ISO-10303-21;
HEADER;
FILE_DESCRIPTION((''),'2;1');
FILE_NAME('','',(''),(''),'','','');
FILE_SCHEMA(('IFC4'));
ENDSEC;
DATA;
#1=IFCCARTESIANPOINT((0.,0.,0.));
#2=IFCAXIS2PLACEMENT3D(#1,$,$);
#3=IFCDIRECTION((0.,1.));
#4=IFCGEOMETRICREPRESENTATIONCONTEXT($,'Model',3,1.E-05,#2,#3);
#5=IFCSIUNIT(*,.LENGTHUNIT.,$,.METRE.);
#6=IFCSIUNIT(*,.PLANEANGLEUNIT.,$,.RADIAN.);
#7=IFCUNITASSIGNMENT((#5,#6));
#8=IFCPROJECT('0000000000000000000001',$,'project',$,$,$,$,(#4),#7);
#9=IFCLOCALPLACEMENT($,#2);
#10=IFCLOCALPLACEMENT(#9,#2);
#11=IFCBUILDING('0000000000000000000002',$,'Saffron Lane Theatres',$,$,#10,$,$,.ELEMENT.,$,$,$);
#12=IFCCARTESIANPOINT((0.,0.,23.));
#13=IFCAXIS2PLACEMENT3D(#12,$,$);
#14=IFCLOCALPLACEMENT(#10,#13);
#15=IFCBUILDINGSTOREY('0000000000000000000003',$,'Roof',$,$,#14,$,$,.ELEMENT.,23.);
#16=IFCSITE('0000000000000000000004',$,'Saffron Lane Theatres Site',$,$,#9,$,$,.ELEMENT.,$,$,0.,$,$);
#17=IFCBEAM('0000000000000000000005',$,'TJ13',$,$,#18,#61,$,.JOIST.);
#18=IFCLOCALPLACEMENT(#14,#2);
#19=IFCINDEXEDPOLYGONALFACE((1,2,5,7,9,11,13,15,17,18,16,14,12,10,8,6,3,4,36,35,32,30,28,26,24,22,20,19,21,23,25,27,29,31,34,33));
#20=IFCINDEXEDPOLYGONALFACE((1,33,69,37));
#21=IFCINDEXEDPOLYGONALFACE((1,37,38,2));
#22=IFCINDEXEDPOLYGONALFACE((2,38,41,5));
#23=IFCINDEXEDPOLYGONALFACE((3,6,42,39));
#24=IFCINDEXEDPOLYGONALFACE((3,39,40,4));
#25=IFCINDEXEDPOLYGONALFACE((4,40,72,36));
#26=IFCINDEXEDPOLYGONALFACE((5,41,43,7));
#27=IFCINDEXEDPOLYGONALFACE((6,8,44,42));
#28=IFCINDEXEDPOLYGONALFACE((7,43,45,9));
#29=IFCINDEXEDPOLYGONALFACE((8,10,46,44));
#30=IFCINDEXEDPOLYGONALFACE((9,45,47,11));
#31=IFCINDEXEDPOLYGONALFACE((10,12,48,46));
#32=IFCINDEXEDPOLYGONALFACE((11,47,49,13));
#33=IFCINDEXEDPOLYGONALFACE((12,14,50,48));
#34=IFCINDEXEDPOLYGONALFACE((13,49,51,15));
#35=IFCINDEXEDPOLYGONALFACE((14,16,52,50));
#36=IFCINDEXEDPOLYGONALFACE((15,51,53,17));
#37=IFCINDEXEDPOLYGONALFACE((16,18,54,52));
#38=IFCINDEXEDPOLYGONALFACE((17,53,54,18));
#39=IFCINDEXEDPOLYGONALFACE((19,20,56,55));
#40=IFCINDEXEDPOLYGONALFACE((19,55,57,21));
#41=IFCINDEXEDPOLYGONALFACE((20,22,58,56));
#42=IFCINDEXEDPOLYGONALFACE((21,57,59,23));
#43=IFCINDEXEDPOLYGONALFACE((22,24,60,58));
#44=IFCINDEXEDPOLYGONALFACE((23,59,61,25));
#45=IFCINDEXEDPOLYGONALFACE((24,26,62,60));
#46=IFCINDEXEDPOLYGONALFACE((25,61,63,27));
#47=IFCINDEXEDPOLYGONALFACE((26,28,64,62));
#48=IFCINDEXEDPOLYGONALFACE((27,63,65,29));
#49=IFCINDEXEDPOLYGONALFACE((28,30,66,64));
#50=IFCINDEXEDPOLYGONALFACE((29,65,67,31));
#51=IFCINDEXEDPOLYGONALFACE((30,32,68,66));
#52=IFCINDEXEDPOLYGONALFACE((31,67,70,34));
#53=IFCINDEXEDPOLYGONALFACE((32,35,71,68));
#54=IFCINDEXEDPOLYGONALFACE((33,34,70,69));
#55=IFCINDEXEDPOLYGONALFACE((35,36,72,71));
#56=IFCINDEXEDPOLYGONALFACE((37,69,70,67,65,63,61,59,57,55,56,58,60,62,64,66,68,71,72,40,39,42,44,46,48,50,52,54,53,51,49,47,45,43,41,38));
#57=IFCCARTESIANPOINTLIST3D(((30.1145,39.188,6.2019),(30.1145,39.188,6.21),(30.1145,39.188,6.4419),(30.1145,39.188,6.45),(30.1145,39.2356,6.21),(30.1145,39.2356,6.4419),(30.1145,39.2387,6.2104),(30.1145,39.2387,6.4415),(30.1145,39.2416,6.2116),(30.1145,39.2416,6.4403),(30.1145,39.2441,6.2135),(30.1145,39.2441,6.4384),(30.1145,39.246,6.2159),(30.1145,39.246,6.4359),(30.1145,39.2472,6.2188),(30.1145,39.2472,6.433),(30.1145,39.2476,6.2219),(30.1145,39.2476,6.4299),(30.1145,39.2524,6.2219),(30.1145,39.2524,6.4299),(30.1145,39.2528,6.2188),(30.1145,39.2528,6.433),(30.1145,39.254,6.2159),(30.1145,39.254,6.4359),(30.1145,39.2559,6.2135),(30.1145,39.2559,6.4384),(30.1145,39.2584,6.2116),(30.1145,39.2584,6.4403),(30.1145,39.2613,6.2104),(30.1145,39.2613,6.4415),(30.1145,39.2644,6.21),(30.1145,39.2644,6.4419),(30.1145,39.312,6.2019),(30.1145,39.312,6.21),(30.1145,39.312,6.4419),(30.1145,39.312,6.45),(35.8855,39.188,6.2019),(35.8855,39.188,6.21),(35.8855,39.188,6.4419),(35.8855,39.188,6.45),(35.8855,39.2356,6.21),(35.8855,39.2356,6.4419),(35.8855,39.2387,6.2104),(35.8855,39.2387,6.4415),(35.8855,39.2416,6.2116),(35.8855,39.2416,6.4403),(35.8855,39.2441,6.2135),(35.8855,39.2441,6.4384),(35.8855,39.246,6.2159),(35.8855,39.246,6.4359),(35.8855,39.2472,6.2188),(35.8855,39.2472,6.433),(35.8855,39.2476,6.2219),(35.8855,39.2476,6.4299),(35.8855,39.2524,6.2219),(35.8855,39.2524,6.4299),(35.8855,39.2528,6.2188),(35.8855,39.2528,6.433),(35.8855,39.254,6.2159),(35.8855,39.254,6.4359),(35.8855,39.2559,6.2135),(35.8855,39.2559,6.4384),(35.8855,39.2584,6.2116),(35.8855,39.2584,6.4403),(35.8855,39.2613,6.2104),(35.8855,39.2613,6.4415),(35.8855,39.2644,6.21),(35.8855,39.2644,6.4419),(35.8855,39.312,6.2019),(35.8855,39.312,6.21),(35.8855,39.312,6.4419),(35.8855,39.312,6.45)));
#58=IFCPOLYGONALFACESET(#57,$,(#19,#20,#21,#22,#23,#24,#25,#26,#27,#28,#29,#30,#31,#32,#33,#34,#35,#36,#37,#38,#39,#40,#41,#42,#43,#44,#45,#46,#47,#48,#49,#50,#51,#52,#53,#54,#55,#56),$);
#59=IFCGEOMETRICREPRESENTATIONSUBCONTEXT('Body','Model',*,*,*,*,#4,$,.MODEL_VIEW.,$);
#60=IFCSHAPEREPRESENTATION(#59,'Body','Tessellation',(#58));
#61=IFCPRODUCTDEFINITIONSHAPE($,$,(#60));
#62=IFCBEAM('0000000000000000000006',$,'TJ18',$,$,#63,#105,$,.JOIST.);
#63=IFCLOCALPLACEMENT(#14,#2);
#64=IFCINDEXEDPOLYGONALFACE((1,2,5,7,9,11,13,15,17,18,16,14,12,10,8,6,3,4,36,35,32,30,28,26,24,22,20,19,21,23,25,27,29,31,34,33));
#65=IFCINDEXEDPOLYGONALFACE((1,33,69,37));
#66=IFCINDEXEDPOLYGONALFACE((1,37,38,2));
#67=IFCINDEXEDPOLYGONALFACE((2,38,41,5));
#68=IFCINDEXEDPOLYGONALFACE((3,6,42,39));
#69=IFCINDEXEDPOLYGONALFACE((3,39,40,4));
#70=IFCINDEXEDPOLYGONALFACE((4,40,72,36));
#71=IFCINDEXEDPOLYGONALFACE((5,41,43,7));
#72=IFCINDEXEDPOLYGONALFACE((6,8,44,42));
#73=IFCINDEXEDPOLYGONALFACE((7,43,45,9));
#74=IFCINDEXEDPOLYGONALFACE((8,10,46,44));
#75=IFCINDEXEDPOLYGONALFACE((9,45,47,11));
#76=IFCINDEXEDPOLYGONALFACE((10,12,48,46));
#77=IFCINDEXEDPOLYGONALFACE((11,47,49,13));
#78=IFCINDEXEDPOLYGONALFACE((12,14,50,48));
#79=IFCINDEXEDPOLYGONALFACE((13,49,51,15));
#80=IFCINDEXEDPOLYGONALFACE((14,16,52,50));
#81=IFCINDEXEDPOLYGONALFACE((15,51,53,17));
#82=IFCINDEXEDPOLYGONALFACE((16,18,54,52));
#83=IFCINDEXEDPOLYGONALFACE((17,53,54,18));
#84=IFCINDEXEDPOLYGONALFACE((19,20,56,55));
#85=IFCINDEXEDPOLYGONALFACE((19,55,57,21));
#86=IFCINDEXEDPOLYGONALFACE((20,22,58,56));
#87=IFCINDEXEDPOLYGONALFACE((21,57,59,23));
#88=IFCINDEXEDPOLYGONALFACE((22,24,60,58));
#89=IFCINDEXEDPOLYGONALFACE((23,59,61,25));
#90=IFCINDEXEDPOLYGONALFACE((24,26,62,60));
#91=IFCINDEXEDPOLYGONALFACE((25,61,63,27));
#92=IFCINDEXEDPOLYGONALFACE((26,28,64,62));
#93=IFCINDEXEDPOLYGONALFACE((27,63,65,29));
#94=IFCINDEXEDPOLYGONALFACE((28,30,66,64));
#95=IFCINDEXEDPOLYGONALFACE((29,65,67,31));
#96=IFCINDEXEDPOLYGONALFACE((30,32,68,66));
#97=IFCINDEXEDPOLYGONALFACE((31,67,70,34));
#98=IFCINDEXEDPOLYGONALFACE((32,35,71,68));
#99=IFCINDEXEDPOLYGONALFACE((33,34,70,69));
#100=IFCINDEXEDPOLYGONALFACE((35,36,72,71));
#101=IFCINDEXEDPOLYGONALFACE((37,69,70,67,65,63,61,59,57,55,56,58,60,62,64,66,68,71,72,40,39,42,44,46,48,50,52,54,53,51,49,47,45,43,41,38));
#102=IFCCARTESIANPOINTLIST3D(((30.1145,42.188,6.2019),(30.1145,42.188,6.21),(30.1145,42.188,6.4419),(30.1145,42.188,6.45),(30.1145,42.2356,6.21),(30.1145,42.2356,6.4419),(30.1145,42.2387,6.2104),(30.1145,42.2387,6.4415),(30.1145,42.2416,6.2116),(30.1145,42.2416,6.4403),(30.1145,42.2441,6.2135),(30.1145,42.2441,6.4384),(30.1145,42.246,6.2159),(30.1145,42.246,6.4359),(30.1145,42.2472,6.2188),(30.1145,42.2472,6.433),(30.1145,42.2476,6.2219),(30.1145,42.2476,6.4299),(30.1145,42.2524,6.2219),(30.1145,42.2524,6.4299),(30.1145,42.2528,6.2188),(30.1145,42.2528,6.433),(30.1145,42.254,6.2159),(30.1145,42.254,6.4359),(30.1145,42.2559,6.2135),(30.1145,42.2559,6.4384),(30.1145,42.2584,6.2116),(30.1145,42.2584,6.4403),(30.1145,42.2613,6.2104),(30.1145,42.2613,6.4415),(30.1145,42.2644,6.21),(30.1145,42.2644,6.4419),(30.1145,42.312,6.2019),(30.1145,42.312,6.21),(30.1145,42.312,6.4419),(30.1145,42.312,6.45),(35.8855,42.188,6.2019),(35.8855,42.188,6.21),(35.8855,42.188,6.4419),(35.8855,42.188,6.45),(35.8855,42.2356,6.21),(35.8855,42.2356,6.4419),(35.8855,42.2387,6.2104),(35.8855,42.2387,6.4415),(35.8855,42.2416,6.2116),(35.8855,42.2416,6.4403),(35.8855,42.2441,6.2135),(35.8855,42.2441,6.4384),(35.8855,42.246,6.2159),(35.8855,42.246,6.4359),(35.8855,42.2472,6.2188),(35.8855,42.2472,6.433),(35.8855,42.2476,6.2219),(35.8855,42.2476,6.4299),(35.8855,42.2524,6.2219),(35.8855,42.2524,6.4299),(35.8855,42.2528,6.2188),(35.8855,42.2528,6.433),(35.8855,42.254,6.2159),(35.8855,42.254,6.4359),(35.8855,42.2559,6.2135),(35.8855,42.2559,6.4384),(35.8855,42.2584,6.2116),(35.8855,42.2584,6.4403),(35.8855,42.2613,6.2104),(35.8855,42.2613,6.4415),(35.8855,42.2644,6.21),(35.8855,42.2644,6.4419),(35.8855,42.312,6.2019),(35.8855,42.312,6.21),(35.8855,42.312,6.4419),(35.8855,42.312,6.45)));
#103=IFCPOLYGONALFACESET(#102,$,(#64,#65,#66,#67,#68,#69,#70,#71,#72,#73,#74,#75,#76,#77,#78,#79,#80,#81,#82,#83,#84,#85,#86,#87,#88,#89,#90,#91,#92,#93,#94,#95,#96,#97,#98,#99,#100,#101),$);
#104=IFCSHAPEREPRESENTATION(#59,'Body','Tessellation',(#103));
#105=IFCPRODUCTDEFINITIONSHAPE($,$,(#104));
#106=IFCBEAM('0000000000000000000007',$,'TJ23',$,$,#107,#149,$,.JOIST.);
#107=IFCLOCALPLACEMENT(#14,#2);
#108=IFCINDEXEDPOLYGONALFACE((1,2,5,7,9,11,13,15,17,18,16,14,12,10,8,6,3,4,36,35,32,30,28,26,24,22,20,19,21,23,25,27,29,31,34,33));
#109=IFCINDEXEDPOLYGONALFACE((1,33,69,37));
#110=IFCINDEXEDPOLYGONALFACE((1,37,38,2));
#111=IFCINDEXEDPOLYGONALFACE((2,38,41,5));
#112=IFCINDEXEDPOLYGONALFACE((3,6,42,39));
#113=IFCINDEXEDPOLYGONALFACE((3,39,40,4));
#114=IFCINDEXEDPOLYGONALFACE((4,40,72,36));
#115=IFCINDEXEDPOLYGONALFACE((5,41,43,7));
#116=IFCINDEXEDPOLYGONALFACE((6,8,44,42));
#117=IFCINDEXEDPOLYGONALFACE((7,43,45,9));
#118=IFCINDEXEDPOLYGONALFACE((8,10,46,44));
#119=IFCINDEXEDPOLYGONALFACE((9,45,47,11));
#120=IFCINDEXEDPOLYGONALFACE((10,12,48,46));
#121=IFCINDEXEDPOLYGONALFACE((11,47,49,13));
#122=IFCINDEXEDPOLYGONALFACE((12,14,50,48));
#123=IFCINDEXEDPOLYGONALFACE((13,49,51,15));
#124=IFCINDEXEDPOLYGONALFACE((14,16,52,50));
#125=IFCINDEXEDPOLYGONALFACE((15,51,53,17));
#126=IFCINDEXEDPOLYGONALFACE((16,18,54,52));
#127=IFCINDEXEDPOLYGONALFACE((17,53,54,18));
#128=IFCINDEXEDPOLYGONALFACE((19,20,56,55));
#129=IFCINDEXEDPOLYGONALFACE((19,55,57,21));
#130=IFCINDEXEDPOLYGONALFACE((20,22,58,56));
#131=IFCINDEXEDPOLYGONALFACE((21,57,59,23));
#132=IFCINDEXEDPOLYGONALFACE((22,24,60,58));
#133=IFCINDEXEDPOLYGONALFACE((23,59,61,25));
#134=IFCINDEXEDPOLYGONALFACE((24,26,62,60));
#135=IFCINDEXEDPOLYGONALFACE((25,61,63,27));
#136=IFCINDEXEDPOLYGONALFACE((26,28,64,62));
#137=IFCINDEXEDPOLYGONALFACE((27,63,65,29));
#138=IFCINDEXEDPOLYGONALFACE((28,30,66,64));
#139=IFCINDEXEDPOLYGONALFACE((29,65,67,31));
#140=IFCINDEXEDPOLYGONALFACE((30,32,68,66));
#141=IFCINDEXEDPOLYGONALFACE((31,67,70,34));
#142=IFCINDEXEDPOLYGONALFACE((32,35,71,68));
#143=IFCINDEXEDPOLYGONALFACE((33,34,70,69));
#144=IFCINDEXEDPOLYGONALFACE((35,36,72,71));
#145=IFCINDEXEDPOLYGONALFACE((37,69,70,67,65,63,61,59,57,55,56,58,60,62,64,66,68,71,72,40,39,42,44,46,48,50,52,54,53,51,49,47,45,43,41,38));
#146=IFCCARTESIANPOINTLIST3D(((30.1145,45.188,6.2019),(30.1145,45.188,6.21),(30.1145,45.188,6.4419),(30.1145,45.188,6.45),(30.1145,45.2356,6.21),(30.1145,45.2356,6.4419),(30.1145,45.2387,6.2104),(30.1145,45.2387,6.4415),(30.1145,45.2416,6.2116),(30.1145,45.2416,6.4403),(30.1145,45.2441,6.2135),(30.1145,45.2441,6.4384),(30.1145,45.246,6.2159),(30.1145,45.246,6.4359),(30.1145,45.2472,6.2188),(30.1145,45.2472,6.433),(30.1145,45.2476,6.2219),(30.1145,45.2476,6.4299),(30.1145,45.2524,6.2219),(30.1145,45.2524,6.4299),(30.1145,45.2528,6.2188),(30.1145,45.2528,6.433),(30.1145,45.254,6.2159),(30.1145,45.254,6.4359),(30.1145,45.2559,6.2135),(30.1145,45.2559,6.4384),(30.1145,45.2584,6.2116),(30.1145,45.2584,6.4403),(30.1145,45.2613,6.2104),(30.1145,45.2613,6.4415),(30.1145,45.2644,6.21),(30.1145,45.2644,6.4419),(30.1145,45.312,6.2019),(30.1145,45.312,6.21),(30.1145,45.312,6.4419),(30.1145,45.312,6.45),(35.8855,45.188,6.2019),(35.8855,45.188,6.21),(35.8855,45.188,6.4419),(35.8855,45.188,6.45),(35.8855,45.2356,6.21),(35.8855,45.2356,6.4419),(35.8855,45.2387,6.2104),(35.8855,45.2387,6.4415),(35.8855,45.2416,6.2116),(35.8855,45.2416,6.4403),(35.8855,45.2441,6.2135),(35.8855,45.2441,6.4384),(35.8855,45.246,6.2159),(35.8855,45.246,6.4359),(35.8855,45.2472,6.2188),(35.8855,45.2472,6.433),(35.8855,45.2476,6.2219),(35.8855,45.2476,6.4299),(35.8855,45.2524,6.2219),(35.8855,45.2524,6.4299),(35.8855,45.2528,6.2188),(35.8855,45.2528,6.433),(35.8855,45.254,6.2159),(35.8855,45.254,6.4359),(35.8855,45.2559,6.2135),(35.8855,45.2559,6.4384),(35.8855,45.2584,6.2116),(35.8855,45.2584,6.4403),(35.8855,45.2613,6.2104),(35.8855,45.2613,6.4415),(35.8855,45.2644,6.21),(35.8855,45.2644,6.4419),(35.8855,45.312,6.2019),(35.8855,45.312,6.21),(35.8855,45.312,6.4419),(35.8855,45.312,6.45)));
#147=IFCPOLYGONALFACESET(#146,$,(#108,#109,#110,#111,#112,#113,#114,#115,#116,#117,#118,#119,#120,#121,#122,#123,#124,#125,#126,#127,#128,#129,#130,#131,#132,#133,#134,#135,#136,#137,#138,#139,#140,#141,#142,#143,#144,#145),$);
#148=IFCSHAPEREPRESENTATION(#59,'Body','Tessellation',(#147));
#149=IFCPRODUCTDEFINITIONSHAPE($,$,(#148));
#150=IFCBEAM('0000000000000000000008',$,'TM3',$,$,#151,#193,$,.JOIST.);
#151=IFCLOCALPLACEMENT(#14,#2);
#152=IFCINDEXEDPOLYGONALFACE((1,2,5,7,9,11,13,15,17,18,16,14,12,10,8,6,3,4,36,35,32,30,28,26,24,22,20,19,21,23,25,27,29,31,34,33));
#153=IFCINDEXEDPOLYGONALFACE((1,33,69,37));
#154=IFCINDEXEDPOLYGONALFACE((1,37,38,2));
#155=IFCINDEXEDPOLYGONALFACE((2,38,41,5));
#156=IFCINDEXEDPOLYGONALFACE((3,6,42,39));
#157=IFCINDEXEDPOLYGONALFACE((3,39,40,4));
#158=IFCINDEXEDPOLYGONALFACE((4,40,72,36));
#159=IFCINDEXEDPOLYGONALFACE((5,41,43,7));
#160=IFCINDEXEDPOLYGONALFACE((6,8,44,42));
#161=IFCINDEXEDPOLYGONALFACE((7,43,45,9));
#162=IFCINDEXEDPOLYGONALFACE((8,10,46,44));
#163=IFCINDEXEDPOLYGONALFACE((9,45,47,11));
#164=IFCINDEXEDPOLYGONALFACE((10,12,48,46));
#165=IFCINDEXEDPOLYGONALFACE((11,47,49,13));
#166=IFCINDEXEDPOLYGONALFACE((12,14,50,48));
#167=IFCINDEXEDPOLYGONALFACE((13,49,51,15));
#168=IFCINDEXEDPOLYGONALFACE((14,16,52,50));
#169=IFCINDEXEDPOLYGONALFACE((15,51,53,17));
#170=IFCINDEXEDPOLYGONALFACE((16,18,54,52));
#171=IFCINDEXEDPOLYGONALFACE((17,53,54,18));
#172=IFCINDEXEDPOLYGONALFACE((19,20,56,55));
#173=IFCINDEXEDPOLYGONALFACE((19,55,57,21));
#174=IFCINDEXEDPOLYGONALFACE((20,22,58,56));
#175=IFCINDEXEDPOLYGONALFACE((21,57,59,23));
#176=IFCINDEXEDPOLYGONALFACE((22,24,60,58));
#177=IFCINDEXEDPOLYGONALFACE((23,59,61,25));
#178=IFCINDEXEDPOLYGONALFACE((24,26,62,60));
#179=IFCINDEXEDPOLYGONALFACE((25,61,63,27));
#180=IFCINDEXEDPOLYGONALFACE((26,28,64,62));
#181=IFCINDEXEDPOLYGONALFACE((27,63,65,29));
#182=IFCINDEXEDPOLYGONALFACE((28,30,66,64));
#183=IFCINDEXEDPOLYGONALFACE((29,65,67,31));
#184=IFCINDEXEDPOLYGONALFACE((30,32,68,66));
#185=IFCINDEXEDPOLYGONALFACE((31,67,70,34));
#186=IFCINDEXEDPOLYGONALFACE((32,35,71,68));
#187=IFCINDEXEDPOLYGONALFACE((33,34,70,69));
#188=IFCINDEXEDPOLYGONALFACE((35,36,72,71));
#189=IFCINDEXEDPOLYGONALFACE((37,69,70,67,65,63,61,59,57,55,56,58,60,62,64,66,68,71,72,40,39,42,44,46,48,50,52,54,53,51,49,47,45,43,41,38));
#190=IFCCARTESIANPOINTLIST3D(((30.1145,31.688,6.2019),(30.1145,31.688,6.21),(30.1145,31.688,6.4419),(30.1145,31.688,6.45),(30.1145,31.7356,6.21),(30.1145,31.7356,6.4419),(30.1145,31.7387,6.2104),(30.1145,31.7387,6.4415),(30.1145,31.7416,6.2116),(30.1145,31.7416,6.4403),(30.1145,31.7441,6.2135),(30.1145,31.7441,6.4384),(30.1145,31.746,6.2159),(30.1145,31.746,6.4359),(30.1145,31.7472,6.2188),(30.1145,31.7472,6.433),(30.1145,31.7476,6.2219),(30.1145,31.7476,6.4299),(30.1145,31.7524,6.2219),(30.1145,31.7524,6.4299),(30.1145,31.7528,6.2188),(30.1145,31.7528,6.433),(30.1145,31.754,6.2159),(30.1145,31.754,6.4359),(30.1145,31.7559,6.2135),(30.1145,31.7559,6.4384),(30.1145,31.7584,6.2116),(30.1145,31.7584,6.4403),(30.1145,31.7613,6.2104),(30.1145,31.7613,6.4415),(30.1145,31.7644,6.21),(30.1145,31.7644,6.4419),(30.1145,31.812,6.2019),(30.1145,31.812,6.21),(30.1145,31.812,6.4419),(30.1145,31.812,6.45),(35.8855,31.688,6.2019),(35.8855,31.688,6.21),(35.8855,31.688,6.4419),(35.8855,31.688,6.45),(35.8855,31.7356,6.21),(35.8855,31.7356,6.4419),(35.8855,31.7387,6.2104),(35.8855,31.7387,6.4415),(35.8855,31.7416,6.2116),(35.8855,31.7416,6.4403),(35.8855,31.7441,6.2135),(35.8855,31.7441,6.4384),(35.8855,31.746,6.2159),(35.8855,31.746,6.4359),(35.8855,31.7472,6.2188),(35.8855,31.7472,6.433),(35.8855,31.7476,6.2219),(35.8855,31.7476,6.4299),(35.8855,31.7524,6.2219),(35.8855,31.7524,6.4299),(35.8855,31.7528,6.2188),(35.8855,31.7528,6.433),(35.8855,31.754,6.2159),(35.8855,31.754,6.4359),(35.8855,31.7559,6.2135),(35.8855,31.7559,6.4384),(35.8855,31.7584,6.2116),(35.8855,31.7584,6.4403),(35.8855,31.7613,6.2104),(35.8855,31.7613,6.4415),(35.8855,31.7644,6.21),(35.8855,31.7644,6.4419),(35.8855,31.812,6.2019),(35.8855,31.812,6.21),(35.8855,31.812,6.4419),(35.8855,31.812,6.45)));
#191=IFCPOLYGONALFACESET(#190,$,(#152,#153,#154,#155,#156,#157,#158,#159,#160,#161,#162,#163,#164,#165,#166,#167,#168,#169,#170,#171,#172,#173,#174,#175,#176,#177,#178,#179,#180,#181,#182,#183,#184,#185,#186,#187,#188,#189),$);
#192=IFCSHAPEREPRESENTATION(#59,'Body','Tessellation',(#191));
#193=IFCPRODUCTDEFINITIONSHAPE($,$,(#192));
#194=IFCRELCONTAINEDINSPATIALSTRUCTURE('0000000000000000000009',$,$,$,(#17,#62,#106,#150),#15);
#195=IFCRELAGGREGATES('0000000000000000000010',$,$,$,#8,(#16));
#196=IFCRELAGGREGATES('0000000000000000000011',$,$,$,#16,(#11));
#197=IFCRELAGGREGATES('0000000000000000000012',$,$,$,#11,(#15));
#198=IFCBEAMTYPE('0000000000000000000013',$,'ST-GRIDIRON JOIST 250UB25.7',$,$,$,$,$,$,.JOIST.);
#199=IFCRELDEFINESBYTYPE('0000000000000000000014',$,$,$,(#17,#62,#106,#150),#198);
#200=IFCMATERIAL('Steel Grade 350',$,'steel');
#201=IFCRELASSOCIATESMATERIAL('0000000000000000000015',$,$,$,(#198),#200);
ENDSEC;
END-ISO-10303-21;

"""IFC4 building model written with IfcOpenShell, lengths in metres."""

from ifc_helpers import new_model, si_unit, direction, frame, origin, origin_2d, place, context, subcontext, project, spatial, i_section, extrude, material, material_profile, profile_set, type_object, element, save


model = new_model("IFC4")

# Units and contexts
model_context = context("Model", 3, precision=1e-05, world=origin(), true_north=direction((0.0, 1.0)))
body_context = subcontext(model_context, "Body", "Model", "MODEL_VIEW")
ifc_project = project(units=[si_unit("LENGTHUNIT", "METRE"), si_unit("PLANEANGLEUNIT", "RADIAN")], contexts=[model_context])

# Site, building, storey
site_placement = place(None, origin())
site = spatial("IfcSite", under=ifc_project, at=site_placement, Name="Saffron Lane Theatres Site", CompositionType="ELEMENT", RefElevation=0.0)
building_placement = place(site_placement, origin())
building = spatial("IfcBuilding", under=site, at=building_placement, Name="Saffron Lane Theatres", CompositionType="ELEMENT")
storey_placement = place(building_placement, frame((0.0, 0.0, 23.0)))
storey = spatial("IfcBuildingStorey", under=building, at=storey_placement, Name="Roof", CompositionType="ELEMENT", Elevation=23.0)

# Beams
ifc_material_1 = material(Name="Steel Grade 350", Category="steel")
ifc_material_profile_1 = material_profile(ifc_material_1, i_section(OverallWidth=0.124, OverallDepth=0.248, WebThickness=0.0049, FlangeThickness=0.0081, FilletRadius=0.012, at=origin_2d()))
ifc_profile_set_1 = profile_set([ifc_material_profile_1], Name="Steel Grade 350")
beam_type_1 = type_object("IfcBeamType", Name="ST-GRIDIRON JOIST 250UB25.7", PredefinedType="JOIST", material=ifc_profile_set_1)
for number, where, z_axis, x_axis, name in (
    (1, (30.1145, 39.25, 6.3259), (1.0, 0.0, 0.0), (0.0, 1.0, 0.0), "TJ13"),
    (2, (30.1145, 42.25, 6.3259), (1.0, 0.0, 0.0), (0.0, 1.0, 0.0), "TJ18"),
    (3, (30.1145, 45.25, 6.3259), (1.0, 0.0, 0.0), (0.0, 1.0, 0.0), "TJ23"),
    (4, (30.1145, 31.75, 6.3259), (1.0, 0.0, 0.0), (0.0, 1.0, 0.0), "TM3"),
):
    element("IfcBeam", number, at=place(storey_placement, frame(where, z_axis=z_axis, x_axis=x_axis)), inside=storey, type_object=beam_type_1, Name=name, PredefinedType="JOIST", context=body_context, shape_type="SweptSolid", body=[
        extrude(i_section(OverallWidth=0.124, OverallDepth=0.248, WebThickness=0.0049, FlangeThickness=0.0081, FilletRadius=0.012, at=origin_2d()), origin(), (0.0, 0.0, 1.0), 5.771),
    ])

save(model, "model.ifc")
